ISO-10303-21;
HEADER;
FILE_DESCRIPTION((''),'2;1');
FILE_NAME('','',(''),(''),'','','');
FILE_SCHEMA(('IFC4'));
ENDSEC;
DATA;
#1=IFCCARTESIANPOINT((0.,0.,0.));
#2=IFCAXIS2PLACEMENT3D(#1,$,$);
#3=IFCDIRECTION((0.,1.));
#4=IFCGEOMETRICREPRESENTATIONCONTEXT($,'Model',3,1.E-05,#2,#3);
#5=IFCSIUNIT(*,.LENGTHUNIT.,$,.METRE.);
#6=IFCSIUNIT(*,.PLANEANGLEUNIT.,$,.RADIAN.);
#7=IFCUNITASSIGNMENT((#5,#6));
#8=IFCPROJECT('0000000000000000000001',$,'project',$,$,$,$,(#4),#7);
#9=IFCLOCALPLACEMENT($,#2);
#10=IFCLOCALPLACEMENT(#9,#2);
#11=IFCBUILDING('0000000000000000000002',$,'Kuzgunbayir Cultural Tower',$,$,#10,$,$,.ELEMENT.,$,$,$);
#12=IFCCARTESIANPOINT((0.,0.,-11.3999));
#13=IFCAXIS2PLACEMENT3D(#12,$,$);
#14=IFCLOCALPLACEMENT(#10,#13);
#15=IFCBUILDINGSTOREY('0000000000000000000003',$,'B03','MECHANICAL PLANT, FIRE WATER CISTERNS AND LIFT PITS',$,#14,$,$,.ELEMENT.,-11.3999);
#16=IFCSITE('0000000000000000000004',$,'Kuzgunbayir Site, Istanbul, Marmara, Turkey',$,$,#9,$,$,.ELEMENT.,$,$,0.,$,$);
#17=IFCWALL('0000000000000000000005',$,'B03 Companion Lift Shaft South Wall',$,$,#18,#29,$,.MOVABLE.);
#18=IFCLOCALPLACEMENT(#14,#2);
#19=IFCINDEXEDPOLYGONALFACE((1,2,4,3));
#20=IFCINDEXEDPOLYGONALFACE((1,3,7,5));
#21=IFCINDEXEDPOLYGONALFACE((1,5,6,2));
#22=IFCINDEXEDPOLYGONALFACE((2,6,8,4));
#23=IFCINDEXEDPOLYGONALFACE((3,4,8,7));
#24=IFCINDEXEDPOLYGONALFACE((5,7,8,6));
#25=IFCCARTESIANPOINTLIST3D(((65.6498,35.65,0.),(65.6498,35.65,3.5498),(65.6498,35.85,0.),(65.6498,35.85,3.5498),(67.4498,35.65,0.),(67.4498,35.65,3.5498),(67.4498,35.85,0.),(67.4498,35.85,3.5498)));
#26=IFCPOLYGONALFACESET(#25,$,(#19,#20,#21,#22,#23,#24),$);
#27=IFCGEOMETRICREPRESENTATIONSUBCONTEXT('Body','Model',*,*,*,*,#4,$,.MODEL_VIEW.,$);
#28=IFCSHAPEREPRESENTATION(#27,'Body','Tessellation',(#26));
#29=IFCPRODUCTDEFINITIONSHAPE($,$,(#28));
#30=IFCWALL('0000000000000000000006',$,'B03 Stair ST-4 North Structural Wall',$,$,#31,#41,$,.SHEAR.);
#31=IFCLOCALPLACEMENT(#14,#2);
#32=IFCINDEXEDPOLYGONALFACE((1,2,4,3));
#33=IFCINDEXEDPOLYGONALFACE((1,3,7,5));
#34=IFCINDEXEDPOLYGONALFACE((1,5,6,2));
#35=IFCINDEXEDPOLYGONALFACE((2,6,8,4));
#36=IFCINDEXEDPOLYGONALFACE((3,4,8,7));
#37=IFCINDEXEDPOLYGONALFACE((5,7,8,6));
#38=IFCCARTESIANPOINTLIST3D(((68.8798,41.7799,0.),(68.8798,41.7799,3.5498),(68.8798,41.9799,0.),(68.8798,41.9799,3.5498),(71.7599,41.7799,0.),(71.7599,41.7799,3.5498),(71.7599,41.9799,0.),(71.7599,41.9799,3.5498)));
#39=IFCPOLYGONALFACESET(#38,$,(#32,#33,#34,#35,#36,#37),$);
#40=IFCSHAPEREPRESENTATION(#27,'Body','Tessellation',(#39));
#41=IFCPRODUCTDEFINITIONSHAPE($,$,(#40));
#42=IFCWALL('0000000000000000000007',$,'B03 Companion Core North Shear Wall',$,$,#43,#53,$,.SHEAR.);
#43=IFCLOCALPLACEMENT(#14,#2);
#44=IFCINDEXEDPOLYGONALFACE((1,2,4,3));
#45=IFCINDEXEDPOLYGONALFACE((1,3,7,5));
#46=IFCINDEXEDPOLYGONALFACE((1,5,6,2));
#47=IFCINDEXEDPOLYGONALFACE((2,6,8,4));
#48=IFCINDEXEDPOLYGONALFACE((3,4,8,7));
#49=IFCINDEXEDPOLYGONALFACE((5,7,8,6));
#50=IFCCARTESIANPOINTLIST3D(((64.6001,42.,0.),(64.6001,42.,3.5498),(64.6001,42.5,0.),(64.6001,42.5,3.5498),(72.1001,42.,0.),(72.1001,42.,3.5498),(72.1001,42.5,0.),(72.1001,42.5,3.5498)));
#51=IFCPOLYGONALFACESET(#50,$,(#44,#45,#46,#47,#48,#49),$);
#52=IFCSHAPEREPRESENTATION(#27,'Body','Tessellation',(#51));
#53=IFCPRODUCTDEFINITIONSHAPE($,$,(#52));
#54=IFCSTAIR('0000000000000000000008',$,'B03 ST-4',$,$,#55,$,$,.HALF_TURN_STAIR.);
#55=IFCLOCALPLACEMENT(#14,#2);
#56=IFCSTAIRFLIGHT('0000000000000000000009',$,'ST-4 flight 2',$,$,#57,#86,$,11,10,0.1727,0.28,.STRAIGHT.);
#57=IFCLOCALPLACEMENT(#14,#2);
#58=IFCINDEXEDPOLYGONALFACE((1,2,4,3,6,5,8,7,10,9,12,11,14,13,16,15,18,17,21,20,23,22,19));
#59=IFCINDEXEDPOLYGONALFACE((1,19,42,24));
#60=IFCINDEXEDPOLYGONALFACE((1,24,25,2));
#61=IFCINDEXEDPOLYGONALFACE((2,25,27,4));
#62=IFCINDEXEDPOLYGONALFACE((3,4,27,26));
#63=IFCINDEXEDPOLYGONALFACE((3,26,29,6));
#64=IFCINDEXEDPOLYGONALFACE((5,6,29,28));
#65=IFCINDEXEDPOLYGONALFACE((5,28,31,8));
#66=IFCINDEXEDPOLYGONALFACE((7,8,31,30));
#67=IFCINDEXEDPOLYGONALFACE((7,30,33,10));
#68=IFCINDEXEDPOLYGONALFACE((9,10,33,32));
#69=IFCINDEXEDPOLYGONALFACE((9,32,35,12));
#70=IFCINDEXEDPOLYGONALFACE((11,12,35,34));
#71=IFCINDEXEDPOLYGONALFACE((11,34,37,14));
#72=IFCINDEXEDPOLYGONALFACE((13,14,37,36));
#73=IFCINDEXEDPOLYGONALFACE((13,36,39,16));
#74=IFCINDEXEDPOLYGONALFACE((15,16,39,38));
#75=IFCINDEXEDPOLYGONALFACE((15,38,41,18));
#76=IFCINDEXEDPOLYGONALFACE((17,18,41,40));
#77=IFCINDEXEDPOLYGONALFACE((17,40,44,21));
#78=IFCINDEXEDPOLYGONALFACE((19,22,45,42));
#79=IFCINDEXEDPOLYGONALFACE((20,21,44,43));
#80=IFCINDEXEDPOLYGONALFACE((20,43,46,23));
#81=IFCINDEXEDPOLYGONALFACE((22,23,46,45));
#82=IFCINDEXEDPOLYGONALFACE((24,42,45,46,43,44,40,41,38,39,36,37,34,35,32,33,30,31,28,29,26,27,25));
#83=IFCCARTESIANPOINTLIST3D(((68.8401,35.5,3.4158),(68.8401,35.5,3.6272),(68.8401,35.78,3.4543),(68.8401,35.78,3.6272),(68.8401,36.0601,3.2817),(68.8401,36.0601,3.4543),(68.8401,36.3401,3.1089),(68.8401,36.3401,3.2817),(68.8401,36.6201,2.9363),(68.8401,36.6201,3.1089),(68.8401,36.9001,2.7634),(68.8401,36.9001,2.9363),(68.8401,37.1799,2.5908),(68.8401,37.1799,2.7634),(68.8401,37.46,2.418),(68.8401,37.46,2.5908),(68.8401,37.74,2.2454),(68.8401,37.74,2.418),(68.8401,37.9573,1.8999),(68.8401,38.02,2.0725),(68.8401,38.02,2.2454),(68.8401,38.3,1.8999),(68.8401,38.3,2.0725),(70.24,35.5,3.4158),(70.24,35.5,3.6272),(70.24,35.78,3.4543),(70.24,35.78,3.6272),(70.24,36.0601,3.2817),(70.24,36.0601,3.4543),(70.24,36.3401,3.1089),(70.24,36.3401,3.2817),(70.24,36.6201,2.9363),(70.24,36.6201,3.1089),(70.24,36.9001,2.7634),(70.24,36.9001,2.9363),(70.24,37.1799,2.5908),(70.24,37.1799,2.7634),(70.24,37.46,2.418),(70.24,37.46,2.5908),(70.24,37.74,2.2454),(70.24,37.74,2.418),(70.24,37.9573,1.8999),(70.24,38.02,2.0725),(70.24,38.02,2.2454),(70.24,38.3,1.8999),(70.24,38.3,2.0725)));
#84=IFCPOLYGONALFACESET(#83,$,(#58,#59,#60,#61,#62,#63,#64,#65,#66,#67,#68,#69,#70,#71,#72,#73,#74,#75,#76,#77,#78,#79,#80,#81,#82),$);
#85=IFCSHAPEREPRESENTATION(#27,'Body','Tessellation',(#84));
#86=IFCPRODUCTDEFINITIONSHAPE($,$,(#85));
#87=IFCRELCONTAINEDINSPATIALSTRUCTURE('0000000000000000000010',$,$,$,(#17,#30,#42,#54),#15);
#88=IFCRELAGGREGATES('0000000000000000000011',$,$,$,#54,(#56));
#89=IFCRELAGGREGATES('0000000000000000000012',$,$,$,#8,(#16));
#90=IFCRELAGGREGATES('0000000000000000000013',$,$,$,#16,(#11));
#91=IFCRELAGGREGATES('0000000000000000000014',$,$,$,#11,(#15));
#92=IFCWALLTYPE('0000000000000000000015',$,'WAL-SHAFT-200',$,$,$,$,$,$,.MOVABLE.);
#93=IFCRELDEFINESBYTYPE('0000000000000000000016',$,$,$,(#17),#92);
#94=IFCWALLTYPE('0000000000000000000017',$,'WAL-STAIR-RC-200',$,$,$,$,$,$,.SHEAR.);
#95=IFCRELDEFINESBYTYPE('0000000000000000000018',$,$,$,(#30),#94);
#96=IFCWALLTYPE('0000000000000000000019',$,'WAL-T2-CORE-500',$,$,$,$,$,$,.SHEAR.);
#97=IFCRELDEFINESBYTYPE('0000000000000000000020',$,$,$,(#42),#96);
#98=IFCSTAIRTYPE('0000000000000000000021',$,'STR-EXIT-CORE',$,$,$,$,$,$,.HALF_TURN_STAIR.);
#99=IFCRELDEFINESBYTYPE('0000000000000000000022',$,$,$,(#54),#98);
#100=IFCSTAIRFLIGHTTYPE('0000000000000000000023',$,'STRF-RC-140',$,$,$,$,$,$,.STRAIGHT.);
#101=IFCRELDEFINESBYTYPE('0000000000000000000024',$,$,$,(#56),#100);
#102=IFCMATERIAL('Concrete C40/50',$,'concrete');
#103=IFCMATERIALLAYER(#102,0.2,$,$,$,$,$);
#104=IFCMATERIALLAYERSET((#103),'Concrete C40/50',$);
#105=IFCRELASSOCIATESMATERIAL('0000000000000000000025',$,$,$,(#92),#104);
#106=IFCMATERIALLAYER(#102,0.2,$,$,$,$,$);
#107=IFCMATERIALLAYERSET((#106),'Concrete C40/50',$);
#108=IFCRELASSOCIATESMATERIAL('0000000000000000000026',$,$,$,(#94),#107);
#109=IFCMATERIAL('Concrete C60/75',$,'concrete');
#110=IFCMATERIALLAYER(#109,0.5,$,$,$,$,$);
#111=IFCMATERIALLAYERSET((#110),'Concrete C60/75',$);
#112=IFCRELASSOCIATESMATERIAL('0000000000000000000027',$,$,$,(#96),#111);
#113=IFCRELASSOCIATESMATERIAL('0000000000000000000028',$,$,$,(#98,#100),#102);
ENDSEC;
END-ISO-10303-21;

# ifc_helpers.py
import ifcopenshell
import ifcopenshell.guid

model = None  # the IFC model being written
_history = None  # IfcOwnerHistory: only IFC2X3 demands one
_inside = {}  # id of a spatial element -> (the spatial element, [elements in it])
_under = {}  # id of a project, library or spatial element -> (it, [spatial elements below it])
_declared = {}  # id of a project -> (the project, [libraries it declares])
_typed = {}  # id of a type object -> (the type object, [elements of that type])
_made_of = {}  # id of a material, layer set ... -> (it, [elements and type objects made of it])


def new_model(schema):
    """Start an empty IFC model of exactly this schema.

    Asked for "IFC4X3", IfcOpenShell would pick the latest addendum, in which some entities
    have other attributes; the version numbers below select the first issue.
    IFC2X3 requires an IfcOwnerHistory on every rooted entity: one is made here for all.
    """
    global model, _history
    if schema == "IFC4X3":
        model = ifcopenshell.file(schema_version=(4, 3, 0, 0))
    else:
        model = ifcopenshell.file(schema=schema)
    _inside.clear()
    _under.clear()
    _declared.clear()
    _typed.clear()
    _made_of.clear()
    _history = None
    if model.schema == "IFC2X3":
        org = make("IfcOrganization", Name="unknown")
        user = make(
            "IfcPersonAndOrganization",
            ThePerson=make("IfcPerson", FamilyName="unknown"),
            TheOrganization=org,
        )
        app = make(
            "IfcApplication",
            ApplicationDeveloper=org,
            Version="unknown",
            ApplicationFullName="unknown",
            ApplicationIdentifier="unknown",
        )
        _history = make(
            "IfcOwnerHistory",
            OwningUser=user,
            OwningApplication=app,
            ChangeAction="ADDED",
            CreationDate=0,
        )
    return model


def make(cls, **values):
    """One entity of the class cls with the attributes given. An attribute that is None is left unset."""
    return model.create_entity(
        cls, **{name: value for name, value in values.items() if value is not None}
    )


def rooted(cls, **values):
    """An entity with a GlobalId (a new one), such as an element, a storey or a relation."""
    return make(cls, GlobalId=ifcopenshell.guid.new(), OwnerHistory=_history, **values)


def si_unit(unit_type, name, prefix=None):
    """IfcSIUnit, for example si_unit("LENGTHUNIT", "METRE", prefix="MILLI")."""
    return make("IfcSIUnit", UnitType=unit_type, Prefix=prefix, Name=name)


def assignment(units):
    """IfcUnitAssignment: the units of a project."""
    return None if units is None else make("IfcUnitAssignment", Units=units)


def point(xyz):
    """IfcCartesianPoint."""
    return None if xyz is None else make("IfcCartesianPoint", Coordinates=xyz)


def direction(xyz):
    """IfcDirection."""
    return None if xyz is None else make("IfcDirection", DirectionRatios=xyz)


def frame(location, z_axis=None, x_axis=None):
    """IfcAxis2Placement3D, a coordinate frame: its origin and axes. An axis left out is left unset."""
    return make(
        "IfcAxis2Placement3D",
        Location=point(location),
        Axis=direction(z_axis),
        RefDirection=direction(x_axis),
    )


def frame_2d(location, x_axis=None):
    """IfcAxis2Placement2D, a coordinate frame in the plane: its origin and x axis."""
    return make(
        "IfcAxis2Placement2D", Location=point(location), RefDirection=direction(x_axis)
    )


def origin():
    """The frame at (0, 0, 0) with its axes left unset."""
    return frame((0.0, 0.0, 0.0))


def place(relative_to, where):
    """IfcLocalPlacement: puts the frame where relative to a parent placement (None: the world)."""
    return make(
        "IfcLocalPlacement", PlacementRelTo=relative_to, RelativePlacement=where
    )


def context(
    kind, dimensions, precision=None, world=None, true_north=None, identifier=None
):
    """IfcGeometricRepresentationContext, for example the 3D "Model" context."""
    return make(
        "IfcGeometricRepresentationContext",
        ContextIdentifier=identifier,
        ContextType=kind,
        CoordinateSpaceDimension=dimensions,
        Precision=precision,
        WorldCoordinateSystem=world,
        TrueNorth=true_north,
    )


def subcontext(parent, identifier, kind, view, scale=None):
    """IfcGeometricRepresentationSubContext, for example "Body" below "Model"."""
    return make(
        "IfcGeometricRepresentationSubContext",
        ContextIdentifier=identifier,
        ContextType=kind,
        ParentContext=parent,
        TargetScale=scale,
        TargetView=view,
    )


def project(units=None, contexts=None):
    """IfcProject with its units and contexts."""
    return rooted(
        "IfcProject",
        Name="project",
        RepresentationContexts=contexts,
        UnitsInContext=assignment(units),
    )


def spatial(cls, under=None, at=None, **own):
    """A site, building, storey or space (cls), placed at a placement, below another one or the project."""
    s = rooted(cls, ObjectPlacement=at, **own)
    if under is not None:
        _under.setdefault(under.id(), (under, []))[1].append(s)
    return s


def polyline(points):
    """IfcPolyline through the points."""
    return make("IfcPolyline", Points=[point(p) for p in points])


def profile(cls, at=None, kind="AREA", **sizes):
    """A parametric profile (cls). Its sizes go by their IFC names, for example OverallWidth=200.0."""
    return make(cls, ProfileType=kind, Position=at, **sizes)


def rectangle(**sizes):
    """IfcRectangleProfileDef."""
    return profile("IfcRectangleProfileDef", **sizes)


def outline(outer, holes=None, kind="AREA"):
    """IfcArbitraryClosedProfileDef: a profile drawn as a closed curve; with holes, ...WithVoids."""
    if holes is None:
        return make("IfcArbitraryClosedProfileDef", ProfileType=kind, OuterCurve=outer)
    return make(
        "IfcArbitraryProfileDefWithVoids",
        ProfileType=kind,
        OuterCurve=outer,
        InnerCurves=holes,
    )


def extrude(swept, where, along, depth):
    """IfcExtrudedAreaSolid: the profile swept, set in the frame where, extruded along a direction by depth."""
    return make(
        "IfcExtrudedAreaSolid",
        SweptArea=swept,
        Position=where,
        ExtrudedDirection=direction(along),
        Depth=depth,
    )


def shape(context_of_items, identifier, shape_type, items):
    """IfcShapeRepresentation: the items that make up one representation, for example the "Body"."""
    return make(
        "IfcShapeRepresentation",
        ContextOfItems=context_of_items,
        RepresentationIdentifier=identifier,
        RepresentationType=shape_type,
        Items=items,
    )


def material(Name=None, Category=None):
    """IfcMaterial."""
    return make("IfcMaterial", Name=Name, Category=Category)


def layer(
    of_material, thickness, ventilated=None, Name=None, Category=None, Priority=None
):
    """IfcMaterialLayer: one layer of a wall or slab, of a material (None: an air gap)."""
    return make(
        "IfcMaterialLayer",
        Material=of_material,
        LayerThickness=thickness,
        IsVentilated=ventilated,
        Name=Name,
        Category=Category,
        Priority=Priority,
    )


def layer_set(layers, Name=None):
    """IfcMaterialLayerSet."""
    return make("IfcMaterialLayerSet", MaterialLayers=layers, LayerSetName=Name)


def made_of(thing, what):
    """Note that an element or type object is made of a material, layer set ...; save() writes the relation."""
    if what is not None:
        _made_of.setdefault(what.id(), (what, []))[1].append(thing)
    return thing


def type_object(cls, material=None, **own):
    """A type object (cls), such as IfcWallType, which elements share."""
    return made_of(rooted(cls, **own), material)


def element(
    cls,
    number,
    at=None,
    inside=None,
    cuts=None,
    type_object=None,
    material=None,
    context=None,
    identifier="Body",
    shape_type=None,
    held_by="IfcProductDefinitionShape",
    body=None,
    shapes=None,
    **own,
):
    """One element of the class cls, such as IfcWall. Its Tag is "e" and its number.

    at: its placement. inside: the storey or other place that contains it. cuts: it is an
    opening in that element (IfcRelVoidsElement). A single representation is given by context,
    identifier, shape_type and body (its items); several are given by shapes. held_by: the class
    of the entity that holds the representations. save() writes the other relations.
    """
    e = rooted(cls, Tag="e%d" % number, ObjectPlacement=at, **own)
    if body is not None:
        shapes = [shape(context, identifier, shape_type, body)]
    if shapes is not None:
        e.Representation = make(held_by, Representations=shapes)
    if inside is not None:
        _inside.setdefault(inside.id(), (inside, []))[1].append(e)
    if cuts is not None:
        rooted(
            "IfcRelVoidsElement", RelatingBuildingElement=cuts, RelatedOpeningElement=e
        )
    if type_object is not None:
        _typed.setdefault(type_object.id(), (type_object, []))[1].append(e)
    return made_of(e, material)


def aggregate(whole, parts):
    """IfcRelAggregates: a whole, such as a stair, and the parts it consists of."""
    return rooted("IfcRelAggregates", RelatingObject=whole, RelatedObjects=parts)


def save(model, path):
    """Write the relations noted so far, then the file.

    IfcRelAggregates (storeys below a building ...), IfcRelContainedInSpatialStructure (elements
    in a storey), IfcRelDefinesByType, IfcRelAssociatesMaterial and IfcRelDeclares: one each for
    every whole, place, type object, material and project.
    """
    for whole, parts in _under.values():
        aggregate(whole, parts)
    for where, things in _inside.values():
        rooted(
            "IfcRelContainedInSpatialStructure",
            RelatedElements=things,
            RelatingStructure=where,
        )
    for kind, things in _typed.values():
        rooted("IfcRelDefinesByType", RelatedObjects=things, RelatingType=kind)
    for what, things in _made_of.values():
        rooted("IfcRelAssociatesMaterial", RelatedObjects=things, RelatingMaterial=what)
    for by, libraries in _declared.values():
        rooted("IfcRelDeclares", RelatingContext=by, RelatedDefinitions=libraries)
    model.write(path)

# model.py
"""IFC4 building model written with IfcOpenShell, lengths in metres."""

from ifc_helpers import new_model, si_unit, direction, frame, frame_2d, origin, place, context, subcontext, project, spatial, polyline, rectangle, outline, extrude, material, layer, layer_set, type_object, element, aggregate, save


model = new_model("IFC4")

# Units and contexts
model_context = context("Model", 3, precision=1e-05, world=origin(), true_north=direction((0.0, 1.0)))
body_context = subcontext(model_context, "Body", "Model", "MODEL_VIEW")
ifc_project = project(units=[si_unit("LENGTHUNIT", "METRE"), si_unit("PLANEANGLEUNIT", "RADIAN")], contexts=[model_context])

# Site, building, storey
site_placement = place(None, origin())
site = spatial("IfcSite", under=ifc_project, at=site_placement, Name="Kuzgunbayir Site, Istanbul, Marmara, Turkey", CompositionType="ELEMENT", RefElevation=0.0)
building_placement = place(site_placement, origin())
building = spatial("IfcBuilding", under=site, at=building_placement, Name="Kuzgunbayir Cultural Tower", CompositionType="ELEMENT")
storey_placement = place(building_placement, frame((0.0, 0.0, -11.3999)))
storey = spatial("IfcBuildingStorey", under=building, at=storey_placement, Name="B03", Description="MECHANICAL PLANT, FIRE WATER CISTERNS AND LIFT PITS", CompositionType="ELEMENT", Elevation=-11.3999)

# Shared definitions
ifc_material_1 = material(Name="Concrete C40/50", Category="concrete")

# Shared definitions
ifc_material_2 = material(Name="Concrete C60/75", Category="concrete")

# Walls
ifc_layer_1 = layer(ifc_material_1, 0.2)
ifc_layer_set_1 = layer_set([ifc_layer_1], Name="Concrete C40/50")
wall_type_1 = type_object("IfcWallType", Name="WAL-SHAFT-200", PredefinedType="MOVABLE", material=ifc_layer_set_1)
wall_1_placement = place(storey_placement, frame((65.6499, 35.75, 0.0), z_axis=(0.0, 0.0, 1.0), x_axis=(1.0, 0.0, 0.0)))
element("IfcWall", 1, at=wall_1_placement, inside=storey, type_object=wall_type_1, Name="B03 Companion Lift Shaft South Wall", PredefinedType="MOVABLE", context=body_context, shape_type="SweptSolid", body=[
    extrude(rectangle(XDim=1.8, YDim=0.2, at=frame_2d((0.8999, 0.0))), origin(), (0.0, 0.0, 1.0), 3.5498),
])
ifc_layer_2 = layer(ifc_material_1, 0.2)
ifc_layer_set_2 = layer_set([ifc_layer_2], Name="Concrete C40/50")
wall_type_2 = type_object("IfcWallType", Name="WAL-STAIR-RC-200", PredefinedType="SHEAR", material=ifc_layer_set_2)
wall_2_placement = place(storey_placement, frame((68.8799, 41.8799, 0.0), z_axis=(0.0, 0.0, 1.0), x_axis=(1.0, 0.0, 0.0)))
element("IfcWall", 2, at=wall_2_placement, inside=storey, type_object=wall_type_2, Name="B03 Stair ST-4 North Structural Wall", PredefinedType="SHEAR", context=body_context, shape_type="SweptSolid", body=[
    extrude(rectangle(XDim=2.8801, YDim=0.2, at=frame_2d((1.4399, 0.0))), origin(), (0.0, 0.0, 1.0), 3.5498),
])
ifc_layer_3 = layer(ifc_material_2, 0.5)
ifc_layer_set_3 = layer_set([ifc_layer_3], Name="Concrete C60/75")
wall_type_3 = type_object("IfcWallType", Name="WAL-T2-CORE-500", PredefinedType="SHEAR", material=ifc_layer_set_3)
wall_3_placement = place(storey_placement, frame((64.6001, 42.25, 0.0), z_axis=(0.0, 0.0, 1.0), x_axis=(1.0, 0.0, 0.0)))
element("IfcWall", 3, at=wall_3_placement, inside=storey, type_object=wall_type_3, Name="B03 Companion Core North Shear Wall", PredefinedType="SHEAR", context=body_context, shape_type="SweptSolid", body=[
    extrude(rectangle(XDim=7.5, YDim=0.5, at=frame_2d((3.75, 0.0))), origin(), (0.0, 0.0, 1.0), 3.5498),
])

# Stair, stair flight
stair_type = type_object("IfcStairType", Name="STR-EXIT-CORE", PredefinedType="HALF_TURN_STAIR", material=ifc_material_1)
stair_placement = place(storey_placement, origin())
stair = element("IfcStair", 4, at=stair_placement, inside=storey, type_object=stair_type, Name="B03 ST-4", PredefinedType="HALF_TURN_STAIR")
stair_flight_type = type_object("IfcStairFlightType", Name="STRF-RC-140", PredefinedType="STRAIGHT", material=ifc_material_1)
stair_flight_placement = place(storey_placement, frame((69.54, 38.3, 1.8999), z_axis=(0.0, 0.0, 1.0), x_axis=(0.0, -1.0, 0.0)))
stair_flight = element("IfcStairFlight", 5, at=stair_flight_placement, type_object=stair_flight_type, Name="ST-4 flight 2", NumberOfRisers=11, NumberOfTreads=10, PredefinedType="STRAIGHT", RiserHeight=0.1727, TreadLength=0.28, context=body_context, shape_type="SweptSolid", body=[
    extrude(outline(polyline([(0.0, 0.0), (0.0, 0.1726), (0.28, 0.1726), (0.28, 0.3455), (0.5601, 0.3455), (0.5601, 0.5181), (0.8401, 0.5181), (0.8401, 0.6909), (1.1201, 0.6909), (1.1201, 0.8635), (1.3999, 0.8635), (1.3999, 1.0364), (1.6799, 1.0364), (1.6799, 1.209), (1.96, 1.209), (1.96, 1.3818), (2.24, 1.3818), (2.24, 1.5544), (2.52, 1.5544), (2.52, 1.7273), (2.8, 1.7273), (2.8, 1.8999), (2.8, 1.5159), (0.3428, 0.0), (0.0, 0.0)])), frame((0.0, 0.7, 0.0), z_axis=(0.0, -1.0, 0.0), x_axis=(1.0, 0.0, 0.0)), (0.0, 0.0, 1.0), 1.3999),
])
aggregate(stair, [stair_flight])

save(model, "model.ifc")
